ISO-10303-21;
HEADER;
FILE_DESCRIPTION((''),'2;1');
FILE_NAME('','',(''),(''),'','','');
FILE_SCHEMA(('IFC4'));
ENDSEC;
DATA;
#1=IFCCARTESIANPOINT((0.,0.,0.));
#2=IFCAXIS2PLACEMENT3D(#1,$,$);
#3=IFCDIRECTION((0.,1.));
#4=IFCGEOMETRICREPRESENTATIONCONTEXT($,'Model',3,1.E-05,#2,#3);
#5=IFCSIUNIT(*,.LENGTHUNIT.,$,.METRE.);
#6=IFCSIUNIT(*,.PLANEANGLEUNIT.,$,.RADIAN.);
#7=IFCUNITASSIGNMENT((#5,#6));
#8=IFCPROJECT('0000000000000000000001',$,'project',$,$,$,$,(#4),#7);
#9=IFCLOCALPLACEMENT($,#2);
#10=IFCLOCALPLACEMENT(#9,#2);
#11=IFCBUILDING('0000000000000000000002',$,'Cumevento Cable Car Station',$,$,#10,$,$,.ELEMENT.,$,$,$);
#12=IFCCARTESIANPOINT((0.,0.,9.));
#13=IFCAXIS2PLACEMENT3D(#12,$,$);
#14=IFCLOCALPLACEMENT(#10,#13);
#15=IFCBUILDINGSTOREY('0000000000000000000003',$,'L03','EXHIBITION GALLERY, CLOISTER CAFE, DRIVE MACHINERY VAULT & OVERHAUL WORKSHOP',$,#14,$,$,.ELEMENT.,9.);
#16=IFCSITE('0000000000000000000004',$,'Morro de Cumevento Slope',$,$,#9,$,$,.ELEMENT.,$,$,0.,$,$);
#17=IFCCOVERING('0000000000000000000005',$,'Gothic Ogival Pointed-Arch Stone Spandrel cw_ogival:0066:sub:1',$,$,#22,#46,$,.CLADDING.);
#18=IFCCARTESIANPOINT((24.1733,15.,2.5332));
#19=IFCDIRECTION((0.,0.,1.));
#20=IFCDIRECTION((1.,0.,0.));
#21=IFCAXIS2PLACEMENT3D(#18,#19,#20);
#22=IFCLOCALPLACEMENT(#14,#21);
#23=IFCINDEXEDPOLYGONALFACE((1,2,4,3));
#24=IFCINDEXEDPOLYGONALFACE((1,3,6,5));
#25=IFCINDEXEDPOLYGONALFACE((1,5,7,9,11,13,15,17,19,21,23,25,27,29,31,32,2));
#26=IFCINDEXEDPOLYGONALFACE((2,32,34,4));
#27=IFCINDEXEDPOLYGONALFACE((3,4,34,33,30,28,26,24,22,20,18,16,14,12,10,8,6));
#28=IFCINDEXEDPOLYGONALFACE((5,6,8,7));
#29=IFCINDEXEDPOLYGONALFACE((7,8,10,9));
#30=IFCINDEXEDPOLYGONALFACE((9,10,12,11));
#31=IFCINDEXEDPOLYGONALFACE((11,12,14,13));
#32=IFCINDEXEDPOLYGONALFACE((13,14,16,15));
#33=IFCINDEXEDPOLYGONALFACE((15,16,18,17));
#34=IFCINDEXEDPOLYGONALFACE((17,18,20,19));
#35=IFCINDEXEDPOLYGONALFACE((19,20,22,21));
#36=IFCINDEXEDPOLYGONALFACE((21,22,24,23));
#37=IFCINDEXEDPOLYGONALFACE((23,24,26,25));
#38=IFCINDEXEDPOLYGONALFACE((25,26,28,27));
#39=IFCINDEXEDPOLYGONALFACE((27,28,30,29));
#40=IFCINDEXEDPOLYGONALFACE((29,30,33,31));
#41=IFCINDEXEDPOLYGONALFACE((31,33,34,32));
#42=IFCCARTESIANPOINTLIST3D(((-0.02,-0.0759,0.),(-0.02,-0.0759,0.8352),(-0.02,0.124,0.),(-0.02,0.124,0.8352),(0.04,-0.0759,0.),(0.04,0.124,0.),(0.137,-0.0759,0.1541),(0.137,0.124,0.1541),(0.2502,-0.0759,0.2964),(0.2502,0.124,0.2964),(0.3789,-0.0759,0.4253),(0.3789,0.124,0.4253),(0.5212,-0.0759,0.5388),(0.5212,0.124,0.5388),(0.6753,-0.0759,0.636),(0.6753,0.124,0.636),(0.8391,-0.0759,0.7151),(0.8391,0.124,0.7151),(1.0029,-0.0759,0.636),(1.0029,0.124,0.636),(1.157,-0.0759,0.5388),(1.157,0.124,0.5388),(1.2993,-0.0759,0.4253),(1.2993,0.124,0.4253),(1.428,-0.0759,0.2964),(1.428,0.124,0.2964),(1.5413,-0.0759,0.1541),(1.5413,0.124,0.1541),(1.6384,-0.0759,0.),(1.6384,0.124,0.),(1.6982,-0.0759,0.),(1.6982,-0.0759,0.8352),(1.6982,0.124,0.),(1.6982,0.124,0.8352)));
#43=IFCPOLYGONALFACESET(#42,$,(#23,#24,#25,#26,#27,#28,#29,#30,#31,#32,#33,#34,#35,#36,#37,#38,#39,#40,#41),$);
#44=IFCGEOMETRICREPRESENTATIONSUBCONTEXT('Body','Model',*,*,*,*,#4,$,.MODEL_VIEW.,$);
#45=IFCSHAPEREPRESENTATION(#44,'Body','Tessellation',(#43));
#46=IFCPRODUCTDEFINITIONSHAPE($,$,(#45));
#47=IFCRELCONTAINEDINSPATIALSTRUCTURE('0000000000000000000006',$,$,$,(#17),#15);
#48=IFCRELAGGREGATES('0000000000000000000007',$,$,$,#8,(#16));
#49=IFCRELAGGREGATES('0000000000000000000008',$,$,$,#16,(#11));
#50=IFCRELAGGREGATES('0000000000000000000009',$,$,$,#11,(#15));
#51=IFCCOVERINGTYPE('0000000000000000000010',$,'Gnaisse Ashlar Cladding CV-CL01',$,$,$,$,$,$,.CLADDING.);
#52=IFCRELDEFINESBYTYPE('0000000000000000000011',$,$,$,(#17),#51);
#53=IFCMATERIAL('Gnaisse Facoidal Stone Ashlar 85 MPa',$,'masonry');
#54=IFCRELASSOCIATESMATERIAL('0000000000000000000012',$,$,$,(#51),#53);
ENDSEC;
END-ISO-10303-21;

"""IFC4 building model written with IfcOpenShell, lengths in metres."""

from ifc_helpers import new_model, si_unit, direction, frame, origin, place, context, subcontext, project, spatial, polyline, outline, extrude, material, type_object, element, save


model = new_model("IFC4")

# Units and contexts
model_context = context("Model", 3, precision=1e-05, world=origin(), true_north=direction((0.0, 1.0)))
body_context = subcontext(model_context, "Body", "Model", "MODEL_VIEW")
ifc_project = project(units=[si_unit("LENGTHUNIT", "METRE"), si_unit("PLANEANGLEUNIT", "RADIAN")], contexts=[model_context])

# Site, building, storey
site_placement = place(None, origin())
site = spatial("IfcSite", under=ifc_project, at=site_placement, Name="Morro de Cumevento Slope", CompositionType="ELEMENT", RefElevation=0.0)
building_placement = place(site_placement, origin())
building = spatial("IfcBuilding", under=site, at=building_placement, Name="Cumevento Cable Car Station", CompositionType="ELEMENT")
storey_placement = place(building_placement, frame((0.0, 0.0, 9.0)))
storey = spatial("IfcBuildingStorey", under=building, at=storey_placement, Name="L03", Description="EXHIBITION GALLERY, CLOISTER CAFE, DRIVE MACHINERY VAULT & OVERHAUL WORKSHOP", CompositionType="ELEMENT", Elevation=9.0)

# Covering
ifc_material_1 = material(Name="Gnaisse Facoidal Stone Ashlar 85 MPa", Category="masonry")
covering_type = type_object("IfcCoveringType", Name="Gnaisse Ashlar Cladding CV-CL01", PredefinedType="CLADDING", material=ifc_material_1)
covering_placement = place(storey_placement, frame((24.1733, 15.0, 2.5332), z_axis=(0.0, 0.0, 1.0), x_axis=(1.0, 0.0, 0.0)))
element("IfcCovering", 1, at=covering_placement, inside=storey, type_object=covering_type, Name="Gothic Ogival Pointed-Arch Stone Spandrel cw_ogival:0066:sub:1", PredefinedType="CLADDING", context=body_context, shape_type="SweptSolid", body=[
    extrude(outline(polyline([(-0.02, 0.0), (-0.02, 0.8352), (1.6982, 0.8352), (1.6982, 0.0), (1.6384, 0.0), (1.5413, 0.1541), (1.428, 0.2964), (1.2993, 0.4253), (1.157, 0.5388), (1.0029, 0.636), (0.8391, 0.7151), (0.6753, 0.636), (0.5212, 0.5388), (0.3789, 0.4253), (0.2502, 0.2964), (0.137, 0.1541), (0.04, 0.0), (-0.02, 0.0)])), frame((0.0, 0.124, 0.0), z_axis=(0.0, -1.0, 0.0), x_axis=(1.0, 0.0, 0.0)), (0.0, 0.0, 1.0), 0.2),
])

save(model, "model.ifc")
